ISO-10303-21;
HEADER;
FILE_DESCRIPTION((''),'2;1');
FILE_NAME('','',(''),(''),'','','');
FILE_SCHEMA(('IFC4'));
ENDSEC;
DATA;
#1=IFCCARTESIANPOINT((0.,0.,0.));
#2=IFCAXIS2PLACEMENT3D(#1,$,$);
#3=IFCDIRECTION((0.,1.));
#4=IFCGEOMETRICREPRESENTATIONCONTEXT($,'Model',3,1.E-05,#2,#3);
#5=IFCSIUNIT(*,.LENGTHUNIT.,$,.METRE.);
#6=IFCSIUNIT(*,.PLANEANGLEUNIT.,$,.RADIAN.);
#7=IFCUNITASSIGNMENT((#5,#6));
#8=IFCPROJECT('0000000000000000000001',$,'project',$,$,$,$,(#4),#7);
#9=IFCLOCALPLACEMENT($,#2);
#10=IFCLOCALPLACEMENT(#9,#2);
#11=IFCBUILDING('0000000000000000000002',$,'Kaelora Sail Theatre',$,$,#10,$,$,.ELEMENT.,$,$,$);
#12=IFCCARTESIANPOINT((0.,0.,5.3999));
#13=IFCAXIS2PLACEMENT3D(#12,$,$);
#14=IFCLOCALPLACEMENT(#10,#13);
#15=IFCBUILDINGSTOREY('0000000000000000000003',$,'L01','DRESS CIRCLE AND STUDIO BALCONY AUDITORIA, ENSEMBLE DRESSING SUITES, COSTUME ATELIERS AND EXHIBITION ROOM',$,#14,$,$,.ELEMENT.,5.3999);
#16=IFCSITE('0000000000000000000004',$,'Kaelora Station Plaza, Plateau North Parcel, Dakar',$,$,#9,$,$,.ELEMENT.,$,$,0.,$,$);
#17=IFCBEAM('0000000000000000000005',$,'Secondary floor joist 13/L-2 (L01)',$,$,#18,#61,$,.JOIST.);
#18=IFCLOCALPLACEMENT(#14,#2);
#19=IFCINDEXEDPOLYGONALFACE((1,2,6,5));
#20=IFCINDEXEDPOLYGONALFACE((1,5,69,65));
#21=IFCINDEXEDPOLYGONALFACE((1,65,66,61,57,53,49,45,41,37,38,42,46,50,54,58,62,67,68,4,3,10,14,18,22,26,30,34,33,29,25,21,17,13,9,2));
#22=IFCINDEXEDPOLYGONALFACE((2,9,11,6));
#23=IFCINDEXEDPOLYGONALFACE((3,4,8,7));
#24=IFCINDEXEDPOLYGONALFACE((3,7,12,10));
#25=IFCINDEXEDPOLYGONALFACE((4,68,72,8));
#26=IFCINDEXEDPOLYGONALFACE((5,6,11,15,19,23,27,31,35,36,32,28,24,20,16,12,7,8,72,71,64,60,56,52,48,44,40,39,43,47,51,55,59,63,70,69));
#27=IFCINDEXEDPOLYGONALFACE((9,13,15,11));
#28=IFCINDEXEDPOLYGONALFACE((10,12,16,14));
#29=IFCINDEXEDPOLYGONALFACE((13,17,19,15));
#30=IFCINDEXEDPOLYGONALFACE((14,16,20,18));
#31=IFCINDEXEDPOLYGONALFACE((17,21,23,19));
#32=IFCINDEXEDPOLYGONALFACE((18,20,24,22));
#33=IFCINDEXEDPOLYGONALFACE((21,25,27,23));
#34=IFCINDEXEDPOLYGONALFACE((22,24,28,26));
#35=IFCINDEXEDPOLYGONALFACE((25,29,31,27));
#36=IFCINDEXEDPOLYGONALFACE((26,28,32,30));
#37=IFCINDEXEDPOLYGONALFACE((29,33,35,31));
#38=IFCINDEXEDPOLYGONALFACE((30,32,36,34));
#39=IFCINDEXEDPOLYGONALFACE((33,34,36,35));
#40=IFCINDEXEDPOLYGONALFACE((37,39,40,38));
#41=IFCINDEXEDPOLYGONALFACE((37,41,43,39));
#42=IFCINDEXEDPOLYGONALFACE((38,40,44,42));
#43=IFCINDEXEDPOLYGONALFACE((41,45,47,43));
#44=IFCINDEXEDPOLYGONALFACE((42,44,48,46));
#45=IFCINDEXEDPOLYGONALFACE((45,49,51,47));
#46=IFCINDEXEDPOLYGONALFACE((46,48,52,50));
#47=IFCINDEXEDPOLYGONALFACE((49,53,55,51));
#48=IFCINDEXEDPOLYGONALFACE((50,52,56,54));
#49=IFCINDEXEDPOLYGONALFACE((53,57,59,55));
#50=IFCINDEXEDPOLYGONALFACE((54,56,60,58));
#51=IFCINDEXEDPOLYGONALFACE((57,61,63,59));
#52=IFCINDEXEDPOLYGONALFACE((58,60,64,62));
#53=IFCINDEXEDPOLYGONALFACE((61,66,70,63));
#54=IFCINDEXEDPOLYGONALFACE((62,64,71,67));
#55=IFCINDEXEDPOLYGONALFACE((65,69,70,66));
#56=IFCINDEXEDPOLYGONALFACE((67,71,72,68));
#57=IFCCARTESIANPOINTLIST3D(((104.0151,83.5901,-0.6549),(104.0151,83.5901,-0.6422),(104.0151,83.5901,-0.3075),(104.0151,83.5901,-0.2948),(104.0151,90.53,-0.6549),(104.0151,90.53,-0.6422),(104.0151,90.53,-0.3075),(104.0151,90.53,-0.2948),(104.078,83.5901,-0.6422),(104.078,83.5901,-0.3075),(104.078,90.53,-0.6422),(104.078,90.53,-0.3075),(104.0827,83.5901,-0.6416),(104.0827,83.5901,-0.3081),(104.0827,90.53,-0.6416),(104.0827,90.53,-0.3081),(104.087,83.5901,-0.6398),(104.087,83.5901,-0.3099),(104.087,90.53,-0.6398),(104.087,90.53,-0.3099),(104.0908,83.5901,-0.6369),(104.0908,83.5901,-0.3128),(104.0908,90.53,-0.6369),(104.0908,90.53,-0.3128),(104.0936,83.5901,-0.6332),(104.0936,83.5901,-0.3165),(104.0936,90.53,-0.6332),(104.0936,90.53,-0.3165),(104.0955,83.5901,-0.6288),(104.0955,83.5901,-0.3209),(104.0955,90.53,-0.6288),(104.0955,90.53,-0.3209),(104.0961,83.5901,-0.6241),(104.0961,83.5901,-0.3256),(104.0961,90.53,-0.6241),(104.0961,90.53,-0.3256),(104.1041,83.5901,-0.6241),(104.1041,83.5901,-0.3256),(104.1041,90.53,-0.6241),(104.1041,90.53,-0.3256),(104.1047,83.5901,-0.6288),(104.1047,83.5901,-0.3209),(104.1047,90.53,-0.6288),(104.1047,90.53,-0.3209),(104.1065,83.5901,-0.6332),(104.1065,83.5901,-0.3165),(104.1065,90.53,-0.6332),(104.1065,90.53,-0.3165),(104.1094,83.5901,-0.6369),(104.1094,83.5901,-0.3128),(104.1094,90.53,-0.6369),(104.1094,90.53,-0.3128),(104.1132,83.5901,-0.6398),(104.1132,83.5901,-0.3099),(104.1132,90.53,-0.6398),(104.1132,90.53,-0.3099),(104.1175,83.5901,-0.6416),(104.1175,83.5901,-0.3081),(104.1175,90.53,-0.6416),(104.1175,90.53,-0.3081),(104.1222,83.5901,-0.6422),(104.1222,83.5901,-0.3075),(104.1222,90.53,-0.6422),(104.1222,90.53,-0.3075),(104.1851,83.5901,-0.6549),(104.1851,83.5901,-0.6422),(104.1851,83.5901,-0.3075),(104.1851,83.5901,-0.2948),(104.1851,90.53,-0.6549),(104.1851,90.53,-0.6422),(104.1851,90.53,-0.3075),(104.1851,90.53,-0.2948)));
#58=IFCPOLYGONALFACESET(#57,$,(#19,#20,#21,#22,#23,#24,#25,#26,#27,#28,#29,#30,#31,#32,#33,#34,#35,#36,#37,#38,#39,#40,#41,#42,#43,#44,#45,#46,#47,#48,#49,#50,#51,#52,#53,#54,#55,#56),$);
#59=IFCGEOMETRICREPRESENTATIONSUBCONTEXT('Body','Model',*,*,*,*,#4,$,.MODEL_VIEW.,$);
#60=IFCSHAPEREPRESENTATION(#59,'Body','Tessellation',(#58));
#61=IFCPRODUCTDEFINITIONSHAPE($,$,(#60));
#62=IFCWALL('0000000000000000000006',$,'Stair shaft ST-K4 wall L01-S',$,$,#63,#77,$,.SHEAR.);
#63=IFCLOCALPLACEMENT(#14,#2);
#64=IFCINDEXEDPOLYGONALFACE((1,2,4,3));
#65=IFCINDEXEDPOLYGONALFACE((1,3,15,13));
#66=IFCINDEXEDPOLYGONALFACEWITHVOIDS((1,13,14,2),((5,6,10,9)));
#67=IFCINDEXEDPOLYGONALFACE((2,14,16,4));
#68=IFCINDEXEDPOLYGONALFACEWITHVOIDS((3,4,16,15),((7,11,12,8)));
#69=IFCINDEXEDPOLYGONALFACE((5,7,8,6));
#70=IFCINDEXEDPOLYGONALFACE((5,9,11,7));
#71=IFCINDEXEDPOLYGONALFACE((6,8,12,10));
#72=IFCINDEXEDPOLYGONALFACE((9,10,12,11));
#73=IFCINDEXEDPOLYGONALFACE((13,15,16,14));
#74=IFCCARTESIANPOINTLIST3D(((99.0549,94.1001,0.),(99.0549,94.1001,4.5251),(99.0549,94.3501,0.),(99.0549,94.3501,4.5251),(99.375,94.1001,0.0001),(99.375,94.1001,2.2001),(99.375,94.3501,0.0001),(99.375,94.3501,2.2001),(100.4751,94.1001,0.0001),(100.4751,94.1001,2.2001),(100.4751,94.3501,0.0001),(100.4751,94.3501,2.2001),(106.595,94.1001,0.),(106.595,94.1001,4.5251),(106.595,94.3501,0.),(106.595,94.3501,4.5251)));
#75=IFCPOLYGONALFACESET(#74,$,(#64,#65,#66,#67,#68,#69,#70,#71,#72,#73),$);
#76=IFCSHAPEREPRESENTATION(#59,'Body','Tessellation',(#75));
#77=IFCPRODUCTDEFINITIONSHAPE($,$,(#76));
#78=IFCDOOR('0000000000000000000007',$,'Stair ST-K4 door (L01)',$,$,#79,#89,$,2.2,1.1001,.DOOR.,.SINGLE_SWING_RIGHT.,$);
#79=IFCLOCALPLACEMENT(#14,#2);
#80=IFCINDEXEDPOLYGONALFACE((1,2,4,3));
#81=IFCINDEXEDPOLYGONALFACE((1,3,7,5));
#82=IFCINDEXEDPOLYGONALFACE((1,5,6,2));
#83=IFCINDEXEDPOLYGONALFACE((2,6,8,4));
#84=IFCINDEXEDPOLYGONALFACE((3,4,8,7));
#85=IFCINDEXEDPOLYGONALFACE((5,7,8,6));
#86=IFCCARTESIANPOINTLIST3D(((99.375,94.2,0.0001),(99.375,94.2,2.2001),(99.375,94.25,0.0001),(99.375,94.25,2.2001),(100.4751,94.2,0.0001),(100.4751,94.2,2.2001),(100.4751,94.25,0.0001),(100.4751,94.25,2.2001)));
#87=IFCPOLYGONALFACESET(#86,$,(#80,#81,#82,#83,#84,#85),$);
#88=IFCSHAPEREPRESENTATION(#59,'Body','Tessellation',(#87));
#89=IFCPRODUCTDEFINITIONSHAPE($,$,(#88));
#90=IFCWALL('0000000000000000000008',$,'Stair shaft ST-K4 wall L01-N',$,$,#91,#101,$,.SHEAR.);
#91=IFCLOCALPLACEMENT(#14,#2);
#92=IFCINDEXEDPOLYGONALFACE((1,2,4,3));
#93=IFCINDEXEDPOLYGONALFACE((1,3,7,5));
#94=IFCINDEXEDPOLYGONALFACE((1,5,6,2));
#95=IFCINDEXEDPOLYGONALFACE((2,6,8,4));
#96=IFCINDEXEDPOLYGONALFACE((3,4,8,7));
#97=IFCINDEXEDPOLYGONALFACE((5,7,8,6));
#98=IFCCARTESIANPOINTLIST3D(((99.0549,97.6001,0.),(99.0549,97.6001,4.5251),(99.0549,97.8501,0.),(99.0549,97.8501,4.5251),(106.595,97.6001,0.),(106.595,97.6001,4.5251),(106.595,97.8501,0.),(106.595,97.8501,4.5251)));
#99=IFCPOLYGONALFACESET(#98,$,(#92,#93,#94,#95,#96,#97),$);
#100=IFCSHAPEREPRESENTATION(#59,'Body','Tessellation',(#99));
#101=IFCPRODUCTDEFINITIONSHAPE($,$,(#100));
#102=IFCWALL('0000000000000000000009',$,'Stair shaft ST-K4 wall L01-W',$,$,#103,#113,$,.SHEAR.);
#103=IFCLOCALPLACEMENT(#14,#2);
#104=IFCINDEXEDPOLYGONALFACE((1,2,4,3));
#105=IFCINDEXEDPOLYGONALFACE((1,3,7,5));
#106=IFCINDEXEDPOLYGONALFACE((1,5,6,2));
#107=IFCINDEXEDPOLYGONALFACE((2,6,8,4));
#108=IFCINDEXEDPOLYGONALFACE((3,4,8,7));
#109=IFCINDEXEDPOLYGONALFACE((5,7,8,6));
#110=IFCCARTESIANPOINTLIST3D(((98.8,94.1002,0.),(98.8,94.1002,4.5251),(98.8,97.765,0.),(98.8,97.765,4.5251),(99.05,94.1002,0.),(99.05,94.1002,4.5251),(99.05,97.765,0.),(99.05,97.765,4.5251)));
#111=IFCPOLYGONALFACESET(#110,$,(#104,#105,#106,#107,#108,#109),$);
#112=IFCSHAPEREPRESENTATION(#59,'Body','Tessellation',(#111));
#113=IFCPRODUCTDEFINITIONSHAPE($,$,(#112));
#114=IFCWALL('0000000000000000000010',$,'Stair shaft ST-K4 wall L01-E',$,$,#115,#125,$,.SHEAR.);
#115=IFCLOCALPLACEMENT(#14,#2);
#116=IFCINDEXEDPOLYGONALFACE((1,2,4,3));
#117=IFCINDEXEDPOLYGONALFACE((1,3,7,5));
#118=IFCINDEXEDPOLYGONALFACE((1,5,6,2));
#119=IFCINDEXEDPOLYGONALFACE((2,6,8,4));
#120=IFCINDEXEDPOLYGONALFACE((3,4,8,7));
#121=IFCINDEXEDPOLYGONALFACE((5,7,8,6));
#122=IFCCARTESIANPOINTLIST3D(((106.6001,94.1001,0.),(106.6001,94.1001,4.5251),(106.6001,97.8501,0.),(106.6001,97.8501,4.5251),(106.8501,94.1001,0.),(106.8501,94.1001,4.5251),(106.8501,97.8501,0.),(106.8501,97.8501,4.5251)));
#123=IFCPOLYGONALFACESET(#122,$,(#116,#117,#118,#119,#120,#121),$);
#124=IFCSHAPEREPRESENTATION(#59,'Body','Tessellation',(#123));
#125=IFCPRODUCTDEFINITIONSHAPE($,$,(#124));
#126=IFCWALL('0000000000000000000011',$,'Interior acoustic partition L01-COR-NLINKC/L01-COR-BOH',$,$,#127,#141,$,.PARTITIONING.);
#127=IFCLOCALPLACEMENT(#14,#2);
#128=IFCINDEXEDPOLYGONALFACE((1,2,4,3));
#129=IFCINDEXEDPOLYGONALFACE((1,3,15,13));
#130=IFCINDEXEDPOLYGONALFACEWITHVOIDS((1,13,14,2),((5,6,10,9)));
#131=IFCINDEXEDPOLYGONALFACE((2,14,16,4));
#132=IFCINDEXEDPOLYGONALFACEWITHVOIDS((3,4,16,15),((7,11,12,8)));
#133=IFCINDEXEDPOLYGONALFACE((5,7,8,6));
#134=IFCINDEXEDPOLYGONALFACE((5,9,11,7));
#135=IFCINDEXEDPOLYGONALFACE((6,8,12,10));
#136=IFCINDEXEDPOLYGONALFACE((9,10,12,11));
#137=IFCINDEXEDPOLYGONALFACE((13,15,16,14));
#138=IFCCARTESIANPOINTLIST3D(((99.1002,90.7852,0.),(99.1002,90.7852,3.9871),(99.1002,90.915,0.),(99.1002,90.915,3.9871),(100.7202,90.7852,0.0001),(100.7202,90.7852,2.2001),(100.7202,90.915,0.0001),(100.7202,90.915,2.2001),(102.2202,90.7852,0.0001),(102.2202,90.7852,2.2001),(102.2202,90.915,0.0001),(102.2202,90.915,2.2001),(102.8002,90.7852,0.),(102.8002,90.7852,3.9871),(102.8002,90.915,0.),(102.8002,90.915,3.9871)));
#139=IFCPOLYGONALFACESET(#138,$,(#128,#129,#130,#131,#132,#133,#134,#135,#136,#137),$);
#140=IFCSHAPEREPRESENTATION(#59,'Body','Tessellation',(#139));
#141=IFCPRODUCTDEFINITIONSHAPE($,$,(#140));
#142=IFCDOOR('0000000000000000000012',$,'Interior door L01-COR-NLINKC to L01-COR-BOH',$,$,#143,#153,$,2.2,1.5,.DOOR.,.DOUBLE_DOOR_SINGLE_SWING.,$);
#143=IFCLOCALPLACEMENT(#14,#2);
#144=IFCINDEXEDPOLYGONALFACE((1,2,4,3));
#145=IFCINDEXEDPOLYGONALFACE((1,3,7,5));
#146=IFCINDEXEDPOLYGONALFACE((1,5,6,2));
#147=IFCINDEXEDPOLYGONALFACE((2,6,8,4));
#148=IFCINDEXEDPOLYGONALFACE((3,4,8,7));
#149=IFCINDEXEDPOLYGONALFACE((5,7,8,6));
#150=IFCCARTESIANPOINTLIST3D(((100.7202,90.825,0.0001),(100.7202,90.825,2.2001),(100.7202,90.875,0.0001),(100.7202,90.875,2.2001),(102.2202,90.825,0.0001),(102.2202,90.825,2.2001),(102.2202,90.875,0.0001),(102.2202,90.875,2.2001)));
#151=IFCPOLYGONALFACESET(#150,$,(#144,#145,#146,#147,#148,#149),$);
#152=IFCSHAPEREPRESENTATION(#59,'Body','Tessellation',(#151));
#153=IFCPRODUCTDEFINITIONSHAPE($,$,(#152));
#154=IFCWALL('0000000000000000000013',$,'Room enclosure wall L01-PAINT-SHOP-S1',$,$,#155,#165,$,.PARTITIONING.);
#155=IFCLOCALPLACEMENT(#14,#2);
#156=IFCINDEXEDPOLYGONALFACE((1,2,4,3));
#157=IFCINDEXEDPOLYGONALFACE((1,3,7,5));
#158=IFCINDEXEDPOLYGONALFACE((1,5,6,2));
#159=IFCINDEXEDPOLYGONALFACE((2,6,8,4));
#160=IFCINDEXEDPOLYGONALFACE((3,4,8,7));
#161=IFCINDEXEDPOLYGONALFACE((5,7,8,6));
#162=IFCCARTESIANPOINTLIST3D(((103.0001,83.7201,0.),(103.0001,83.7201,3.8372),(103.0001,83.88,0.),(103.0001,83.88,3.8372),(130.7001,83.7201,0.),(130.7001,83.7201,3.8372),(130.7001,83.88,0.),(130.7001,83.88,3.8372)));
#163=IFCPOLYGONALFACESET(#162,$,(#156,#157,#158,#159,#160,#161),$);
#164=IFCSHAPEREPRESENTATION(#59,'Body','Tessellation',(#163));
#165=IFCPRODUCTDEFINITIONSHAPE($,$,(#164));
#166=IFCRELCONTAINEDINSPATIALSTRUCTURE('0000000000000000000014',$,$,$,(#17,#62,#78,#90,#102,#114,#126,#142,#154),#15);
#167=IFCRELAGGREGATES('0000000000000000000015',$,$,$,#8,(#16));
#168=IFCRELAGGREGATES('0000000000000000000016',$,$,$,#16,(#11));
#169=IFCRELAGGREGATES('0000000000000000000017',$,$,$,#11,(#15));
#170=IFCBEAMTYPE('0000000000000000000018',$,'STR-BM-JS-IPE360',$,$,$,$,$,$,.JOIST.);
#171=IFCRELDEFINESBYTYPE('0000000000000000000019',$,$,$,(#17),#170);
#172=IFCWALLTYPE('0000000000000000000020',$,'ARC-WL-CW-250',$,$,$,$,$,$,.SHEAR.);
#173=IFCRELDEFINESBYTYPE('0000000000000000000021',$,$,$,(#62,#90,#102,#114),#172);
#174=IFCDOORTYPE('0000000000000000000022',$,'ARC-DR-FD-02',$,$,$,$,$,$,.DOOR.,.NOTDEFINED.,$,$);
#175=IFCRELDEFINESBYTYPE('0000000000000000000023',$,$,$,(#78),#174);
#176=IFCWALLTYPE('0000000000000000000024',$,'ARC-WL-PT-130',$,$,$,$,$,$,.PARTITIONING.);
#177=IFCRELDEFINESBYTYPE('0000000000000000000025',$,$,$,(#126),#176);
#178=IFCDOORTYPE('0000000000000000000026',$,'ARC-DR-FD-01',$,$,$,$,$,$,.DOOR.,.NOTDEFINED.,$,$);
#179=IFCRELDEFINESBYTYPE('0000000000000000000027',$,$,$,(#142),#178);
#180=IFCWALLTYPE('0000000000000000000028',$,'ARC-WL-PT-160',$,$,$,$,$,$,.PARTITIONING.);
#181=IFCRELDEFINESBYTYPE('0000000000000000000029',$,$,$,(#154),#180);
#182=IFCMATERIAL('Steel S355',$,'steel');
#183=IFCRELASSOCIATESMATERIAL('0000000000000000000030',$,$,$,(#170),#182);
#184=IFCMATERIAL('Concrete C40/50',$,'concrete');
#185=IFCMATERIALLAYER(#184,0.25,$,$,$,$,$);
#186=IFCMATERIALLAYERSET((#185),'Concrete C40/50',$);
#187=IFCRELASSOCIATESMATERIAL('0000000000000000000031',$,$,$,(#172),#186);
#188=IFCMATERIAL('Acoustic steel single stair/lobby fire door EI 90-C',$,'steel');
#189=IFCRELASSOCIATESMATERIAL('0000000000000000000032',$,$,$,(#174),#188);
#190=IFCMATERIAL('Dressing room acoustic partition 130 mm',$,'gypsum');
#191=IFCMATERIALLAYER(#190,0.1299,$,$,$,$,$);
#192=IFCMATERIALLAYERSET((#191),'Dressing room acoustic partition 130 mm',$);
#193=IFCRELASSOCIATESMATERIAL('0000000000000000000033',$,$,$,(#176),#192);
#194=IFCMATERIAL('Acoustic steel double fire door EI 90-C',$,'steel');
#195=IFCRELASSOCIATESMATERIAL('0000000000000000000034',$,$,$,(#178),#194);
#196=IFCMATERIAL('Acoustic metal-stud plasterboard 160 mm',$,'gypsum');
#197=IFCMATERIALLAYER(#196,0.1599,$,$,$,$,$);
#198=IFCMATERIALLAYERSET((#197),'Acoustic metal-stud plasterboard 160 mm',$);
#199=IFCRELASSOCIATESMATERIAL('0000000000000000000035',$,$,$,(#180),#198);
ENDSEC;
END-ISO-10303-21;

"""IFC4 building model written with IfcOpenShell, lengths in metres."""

from ifc_helpers import new_model, si_unit, direction, frame, frame_2d, origin, origin_2d, place, context, subcontext, project, spatial, rectangle, i_section, extrude, material, layer, layer_set, material_profile, profile_set, type_object, element, fill, save


model = new_model("IFC4")

# Units and contexts
model_context = context("Model", 3, precision=1e-05, world=origin(), true_north=direction((0.0, 1.0)))
body_context = subcontext(model_context, "Body", "Model", "MODEL_VIEW")
ifc_project = project(units=[si_unit("LENGTHUNIT", "METRE"), si_unit("PLANEANGLEUNIT", "RADIAN")], contexts=[model_context])

# Site, building, storey
site_placement = place(None, origin())
site = spatial("IfcSite", under=ifc_project, at=site_placement, Name="Kaelora Station Plaza, Plateau North Parcel, Dakar", CompositionType="ELEMENT", RefElevation=0.0)
building_placement = place(site_placement, origin())
building = spatial("IfcBuilding", under=site, at=building_placement, Name="Kaelora Sail Theatre", CompositionType="ELEMENT")
storey_placement = place(building_placement, frame((0.0, 0.0, 5.3999)))
storey = spatial("IfcBuildingStorey", under=building, at=storey_placement, Name="L01", Description="DRESS CIRCLE AND STUDIO BALCONY AUDITORIA, ENSEMBLE DRESSING SUITES, COSTUME ATELIERS AND EXHIBITION ROOM", CompositionType="ELEMENT", Elevation=5.3999)

# Beam
ifc_material_1 = material(Name="Steel S355", Category="steel")
ifc_material_profile_1 = material_profile(ifc_material_1, i_section(OverallWidth=0.1699, OverallDepth=0.3601, WebThickness=0.0081, FlangeThickness=0.0127, FilletRadius=0.0181, at=origin_2d()), Name="IPE 360")
ifc_profile_set_1 = profile_set([ifc_material_profile_1], Name="Steel S355")
beam_type_1 = type_object("IfcBeamType", Name="STR-BM-JS-IPE360", PredefinedType="JOIST", material=ifc_profile_set_1)
beam_1_placement = place(storey_placement, frame((104.1001, 83.5901, -0.4749), z_axis=(0.0, 1.0, 0.0), x_axis=(-1.0, 0.0, 0.0)))
element("IfcBeam", 1, at=beam_1_placement, inside=storey, type_object=beam_type_1, Name="Secondary floor joist 13/L-2 (L01)", PredefinedType="JOIST", context=body_context, shape_type="SweptSolid", body=[
    extrude(i_section(OverallWidth=0.1699, OverallDepth=0.3601, WebThickness=0.0081, FlangeThickness=0.0127, FilletRadius=0.0181, at=origin_2d()), origin(), (0.0, 0.0, 1.0), 6.9399),
])

# Wall, opening, door
ifc_material_2 = material(Name="Concrete C40/50", Category="concrete")
ifc_layer_1 = layer(ifc_material_2, 0.25)
ifc_layer_set_1 = layer_set([ifc_layer_1], Name="Concrete C40/50")
wall_type_1 = type_object("IfcWallType", Name="ARC-WL-CW-250", PredefinedType="SHEAR", material=ifc_layer_set_1)
wall_1_placement = place(storey_placement, frame((99.0549, 94.2251, 0.0), z_axis=(0.0, 0.0, 1.0), x_axis=(1.0, 0.0, 0.0)))
wall_1 = element("IfcWall", 2, at=wall_1_placement, inside=storey, type_object=wall_type_1, Name="Stair shaft ST-K4 wall L01-S", PredefinedType="SHEAR", context=body_context, shape_type="SweptSolid", body=[
    extrude(rectangle(XDim=7.54, YDim=0.25, at=frame_2d((3.77, 0.0))), origin(), (0.0, 0.0, 1.0), 4.5251),
])
opening_1_placement = place(wall_1_placement, frame((0.3201, 0.0, 0.0)))
opening_1 = element("IfcOpeningElement", 3, at=opening_1_placement, cuts=wall_1, PredefinedType="OPENING", context=body_context, shape_type="SweptSolid", body=[
    extrude(rectangle(XDim=1.1001, YDim=2.2, at=frame_2d((0.55, 1.1001))), frame((0.0, 0.135, 0.0), z_axis=(0.0, -1.0, 0.0), x_axis=(1.0, 0.0, 0.0)), (0.0, 0.0, 1.0), 0.27),
])
ifc_material_3 = material(Name="Acoustic steel single stair/lobby fire door EI 90-C", Category="steel")
door_type_1 = type_object("IfcDoorType", Name="ARC-DR-FD-02", OperationType="NOTDEFINED", PredefinedType="DOOR", material=ifc_material_3)
door_1_placement = place(opening_1_placement, origin())
door_1 = element("IfcDoor", 4, at=door_1_placement, inside=storey, type_object=door_type_1, Name="Stair ST-K4 door (L01)", OperationType="SINGLE_SWING_RIGHT", OverallHeight=2.2, OverallWidth=1.1001, PredefinedType="DOOR", context=body_context, shape_type="SweptSolid", body=[
    extrude(rectangle(XDim=1.1001, YDim=2.2, at=frame_2d((0.55, 1.1001))), frame((0.0, 0.0249, 0.0), z_axis=(0.0, -1.0, 0.0), x_axis=(1.0, 0.0, 0.0)), (0.0, 0.0, 1.0), 0.05),
])
fill(opening_1, door_1)

# Walls
wall_2_placement = place(storey_placement, frame((99.0549, 97.7251, 0.0), z_axis=(0.0, 0.0, 1.0), x_axis=(1.0, 0.0, 0.0)))
element("IfcWall", 5, at=wall_2_placement, inside=storey, type_object=wall_type_1, Name="Stair shaft ST-K4 wall L01-N", PredefinedType="SHEAR", context=body_context, shape_type="SweptSolid", body=[
    extrude(rectangle(XDim=7.54, YDim=0.25, at=frame_2d((3.77, 0.0))), origin(), (0.0, 0.0, 1.0), 4.5251),
])
wall_3_placement = place(storey_placement, frame((98.925, 94.1001, 0.0), z_axis=(0.0, 0.0, 1.0), x_axis=(0.0, 1.0, 0.0)))
element("IfcWall", 6, at=wall_3_placement, inside=storey, type_object=wall_type_1, Name="Stair shaft ST-K4 wall L01-W", PredefinedType="SHEAR", context=body_context, shape_type="SweptSolid", body=[
    extrude(rectangle(XDim=3.6648, YDim=0.25, at=frame_2d((1.8325, 0.0))), origin(), (0.0, 0.0, 1.0), 4.5251),
])
wall_4_placement = place(storey_placement, frame((106.7251, 94.1001, 0.0), z_axis=(0.0, 0.0, 1.0), x_axis=(0.0, 1.0, 0.0)))
element("IfcWall", 7, at=wall_4_placement, inside=storey, type_object=wall_type_1, Name="Stair shaft ST-K4 wall L01-E", PredefinedType="SHEAR", context=body_context, shape_type="SweptSolid", body=[
    extrude(rectangle(XDim=3.75, YDim=0.25, at=frame_2d((1.875, 0.0))), origin(), (0.0, 0.0, 1.0), 4.5251),
])

# Wall, opening, door
ifc_material_4 = material(Name="Dressing room acoustic partition 130 mm", Category="gypsum")
ifc_layer_2 = layer(ifc_material_4, 0.1299)
ifc_layer_set_2 = layer_set([ifc_layer_2], Name="Dressing room acoustic partition 130 mm")
wall_type_2 = type_object("IfcWallType", Name="ARC-WL-PT-130", PredefinedType="PARTITIONING", material=ifc_layer_set_2)
wall_5_placement = place(storey_placement, frame((99.1001, 90.8501, 0.0), z_axis=(0.0, 0.0, 1.0), x_axis=(1.0, 0.0, 0.0)))
wall_5 = element("IfcWall", 8, at=wall_5_placement, inside=storey, type_object=wall_type_2, Name="Interior acoustic partition L01-COR-NLINKC/L01-COR-BOH", PredefinedType="PARTITIONING", context=body_context, shape_type="SweptSolid", body=[
    extrude(rectangle(XDim=3.7, YDim=0.1299, at=frame_2d((1.8501, 0.0))), origin(), (0.0, 0.0, 1.0), 3.9871),
])
opening_2_placement = place(wall_5_placement, frame((1.6201, 0.0, 0.0)))
opening_2 = element("IfcOpeningElement", 9, at=opening_2_placement, cuts=wall_5, PredefinedType="OPENING", context=body_context, shape_type="SweptSolid", body=[
    extrude(rectangle(XDim=1.5, YDim=2.2, at=frame_2d((0.75, 1.1001))), frame((0.0, 0.0749, 0.0), z_axis=(0.0, -1.0, 0.0), x_axis=(1.0, 0.0, 0.0)), (0.0, 0.0, 1.0), 0.1499),
])
ifc_material_5 = material(Name="Acoustic steel double fire door EI 90-C", Category="steel")
door_type_2 = type_object("IfcDoorType", Name="ARC-DR-FD-01", OperationType="NOTDEFINED", PredefinedType="DOOR", material=ifc_material_5)
door_2_placement = place(opening_2_placement, origin())
door_2 = element("IfcDoor", 10, at=door_2_placement, inside=storey, type_object=door_type_2, Name="Interior door L01-COR-NLINKC to L01-COR-BOH", OperationType="DOUBLE_DOOR_SINGLE_SWING", OverallHeight=2.2, OverallWidth=1.5, PredefinedType="DOOR", context=body_context, shape_type="SweptSolid", body=[
    extrude(rectangle(XDim=1.5, YDim=2.2, at=frame_2d((0.75, 1.1001))), frame((0.0, 0.0249, 0.0), z_axis=(0.0, -1.0, 0.0), x_axis=(1.0, 0.0, 0.0)), (0.0, 0.0, 1.0), 0.05),
])
fill(opening_2, door_2)

# Wall
ifc_material_6 = material(Name="Acoustic metal-stud plasterboard 160 mm", Category="gypsum")
ifc_layer_3 = layer(ifc_material_6, 0.1599)
ifc_layer_set_3 = layer_set([ifc_layer_3], Name="Acoustic metal-stud plasterboard 160 mm")
wall_type_3 = type_object("IfcWallType", Name="ARC-WL-PT-160", PredefinedType="PARTITIONING", material=ifc_layer_set_3)
wall_6_placement = place(storey_placement, frame((103.0, 83.8, 0.0), z_axis=(0.0, 0.0, 1.0), x_axis=(1.0, 0.0, 0.0)))
element("IfcWall", 11, at=wall_6_placement, inside=storey, type_object=wall_type_3, Name="Room enclosure wall L01-PAINT-SHOP-S1", PredefinedType="PARTITIONING", context=body_context, shape_type="SweptSolid", body=[
    extrude(rectangle(XDim=27.7, YDim=0.1599, at=frame_2d((13.8501, 0.0))), origin(), (0.0, 0.0, 1.0), 3.8372),
])

save(model, "model.ifc")
